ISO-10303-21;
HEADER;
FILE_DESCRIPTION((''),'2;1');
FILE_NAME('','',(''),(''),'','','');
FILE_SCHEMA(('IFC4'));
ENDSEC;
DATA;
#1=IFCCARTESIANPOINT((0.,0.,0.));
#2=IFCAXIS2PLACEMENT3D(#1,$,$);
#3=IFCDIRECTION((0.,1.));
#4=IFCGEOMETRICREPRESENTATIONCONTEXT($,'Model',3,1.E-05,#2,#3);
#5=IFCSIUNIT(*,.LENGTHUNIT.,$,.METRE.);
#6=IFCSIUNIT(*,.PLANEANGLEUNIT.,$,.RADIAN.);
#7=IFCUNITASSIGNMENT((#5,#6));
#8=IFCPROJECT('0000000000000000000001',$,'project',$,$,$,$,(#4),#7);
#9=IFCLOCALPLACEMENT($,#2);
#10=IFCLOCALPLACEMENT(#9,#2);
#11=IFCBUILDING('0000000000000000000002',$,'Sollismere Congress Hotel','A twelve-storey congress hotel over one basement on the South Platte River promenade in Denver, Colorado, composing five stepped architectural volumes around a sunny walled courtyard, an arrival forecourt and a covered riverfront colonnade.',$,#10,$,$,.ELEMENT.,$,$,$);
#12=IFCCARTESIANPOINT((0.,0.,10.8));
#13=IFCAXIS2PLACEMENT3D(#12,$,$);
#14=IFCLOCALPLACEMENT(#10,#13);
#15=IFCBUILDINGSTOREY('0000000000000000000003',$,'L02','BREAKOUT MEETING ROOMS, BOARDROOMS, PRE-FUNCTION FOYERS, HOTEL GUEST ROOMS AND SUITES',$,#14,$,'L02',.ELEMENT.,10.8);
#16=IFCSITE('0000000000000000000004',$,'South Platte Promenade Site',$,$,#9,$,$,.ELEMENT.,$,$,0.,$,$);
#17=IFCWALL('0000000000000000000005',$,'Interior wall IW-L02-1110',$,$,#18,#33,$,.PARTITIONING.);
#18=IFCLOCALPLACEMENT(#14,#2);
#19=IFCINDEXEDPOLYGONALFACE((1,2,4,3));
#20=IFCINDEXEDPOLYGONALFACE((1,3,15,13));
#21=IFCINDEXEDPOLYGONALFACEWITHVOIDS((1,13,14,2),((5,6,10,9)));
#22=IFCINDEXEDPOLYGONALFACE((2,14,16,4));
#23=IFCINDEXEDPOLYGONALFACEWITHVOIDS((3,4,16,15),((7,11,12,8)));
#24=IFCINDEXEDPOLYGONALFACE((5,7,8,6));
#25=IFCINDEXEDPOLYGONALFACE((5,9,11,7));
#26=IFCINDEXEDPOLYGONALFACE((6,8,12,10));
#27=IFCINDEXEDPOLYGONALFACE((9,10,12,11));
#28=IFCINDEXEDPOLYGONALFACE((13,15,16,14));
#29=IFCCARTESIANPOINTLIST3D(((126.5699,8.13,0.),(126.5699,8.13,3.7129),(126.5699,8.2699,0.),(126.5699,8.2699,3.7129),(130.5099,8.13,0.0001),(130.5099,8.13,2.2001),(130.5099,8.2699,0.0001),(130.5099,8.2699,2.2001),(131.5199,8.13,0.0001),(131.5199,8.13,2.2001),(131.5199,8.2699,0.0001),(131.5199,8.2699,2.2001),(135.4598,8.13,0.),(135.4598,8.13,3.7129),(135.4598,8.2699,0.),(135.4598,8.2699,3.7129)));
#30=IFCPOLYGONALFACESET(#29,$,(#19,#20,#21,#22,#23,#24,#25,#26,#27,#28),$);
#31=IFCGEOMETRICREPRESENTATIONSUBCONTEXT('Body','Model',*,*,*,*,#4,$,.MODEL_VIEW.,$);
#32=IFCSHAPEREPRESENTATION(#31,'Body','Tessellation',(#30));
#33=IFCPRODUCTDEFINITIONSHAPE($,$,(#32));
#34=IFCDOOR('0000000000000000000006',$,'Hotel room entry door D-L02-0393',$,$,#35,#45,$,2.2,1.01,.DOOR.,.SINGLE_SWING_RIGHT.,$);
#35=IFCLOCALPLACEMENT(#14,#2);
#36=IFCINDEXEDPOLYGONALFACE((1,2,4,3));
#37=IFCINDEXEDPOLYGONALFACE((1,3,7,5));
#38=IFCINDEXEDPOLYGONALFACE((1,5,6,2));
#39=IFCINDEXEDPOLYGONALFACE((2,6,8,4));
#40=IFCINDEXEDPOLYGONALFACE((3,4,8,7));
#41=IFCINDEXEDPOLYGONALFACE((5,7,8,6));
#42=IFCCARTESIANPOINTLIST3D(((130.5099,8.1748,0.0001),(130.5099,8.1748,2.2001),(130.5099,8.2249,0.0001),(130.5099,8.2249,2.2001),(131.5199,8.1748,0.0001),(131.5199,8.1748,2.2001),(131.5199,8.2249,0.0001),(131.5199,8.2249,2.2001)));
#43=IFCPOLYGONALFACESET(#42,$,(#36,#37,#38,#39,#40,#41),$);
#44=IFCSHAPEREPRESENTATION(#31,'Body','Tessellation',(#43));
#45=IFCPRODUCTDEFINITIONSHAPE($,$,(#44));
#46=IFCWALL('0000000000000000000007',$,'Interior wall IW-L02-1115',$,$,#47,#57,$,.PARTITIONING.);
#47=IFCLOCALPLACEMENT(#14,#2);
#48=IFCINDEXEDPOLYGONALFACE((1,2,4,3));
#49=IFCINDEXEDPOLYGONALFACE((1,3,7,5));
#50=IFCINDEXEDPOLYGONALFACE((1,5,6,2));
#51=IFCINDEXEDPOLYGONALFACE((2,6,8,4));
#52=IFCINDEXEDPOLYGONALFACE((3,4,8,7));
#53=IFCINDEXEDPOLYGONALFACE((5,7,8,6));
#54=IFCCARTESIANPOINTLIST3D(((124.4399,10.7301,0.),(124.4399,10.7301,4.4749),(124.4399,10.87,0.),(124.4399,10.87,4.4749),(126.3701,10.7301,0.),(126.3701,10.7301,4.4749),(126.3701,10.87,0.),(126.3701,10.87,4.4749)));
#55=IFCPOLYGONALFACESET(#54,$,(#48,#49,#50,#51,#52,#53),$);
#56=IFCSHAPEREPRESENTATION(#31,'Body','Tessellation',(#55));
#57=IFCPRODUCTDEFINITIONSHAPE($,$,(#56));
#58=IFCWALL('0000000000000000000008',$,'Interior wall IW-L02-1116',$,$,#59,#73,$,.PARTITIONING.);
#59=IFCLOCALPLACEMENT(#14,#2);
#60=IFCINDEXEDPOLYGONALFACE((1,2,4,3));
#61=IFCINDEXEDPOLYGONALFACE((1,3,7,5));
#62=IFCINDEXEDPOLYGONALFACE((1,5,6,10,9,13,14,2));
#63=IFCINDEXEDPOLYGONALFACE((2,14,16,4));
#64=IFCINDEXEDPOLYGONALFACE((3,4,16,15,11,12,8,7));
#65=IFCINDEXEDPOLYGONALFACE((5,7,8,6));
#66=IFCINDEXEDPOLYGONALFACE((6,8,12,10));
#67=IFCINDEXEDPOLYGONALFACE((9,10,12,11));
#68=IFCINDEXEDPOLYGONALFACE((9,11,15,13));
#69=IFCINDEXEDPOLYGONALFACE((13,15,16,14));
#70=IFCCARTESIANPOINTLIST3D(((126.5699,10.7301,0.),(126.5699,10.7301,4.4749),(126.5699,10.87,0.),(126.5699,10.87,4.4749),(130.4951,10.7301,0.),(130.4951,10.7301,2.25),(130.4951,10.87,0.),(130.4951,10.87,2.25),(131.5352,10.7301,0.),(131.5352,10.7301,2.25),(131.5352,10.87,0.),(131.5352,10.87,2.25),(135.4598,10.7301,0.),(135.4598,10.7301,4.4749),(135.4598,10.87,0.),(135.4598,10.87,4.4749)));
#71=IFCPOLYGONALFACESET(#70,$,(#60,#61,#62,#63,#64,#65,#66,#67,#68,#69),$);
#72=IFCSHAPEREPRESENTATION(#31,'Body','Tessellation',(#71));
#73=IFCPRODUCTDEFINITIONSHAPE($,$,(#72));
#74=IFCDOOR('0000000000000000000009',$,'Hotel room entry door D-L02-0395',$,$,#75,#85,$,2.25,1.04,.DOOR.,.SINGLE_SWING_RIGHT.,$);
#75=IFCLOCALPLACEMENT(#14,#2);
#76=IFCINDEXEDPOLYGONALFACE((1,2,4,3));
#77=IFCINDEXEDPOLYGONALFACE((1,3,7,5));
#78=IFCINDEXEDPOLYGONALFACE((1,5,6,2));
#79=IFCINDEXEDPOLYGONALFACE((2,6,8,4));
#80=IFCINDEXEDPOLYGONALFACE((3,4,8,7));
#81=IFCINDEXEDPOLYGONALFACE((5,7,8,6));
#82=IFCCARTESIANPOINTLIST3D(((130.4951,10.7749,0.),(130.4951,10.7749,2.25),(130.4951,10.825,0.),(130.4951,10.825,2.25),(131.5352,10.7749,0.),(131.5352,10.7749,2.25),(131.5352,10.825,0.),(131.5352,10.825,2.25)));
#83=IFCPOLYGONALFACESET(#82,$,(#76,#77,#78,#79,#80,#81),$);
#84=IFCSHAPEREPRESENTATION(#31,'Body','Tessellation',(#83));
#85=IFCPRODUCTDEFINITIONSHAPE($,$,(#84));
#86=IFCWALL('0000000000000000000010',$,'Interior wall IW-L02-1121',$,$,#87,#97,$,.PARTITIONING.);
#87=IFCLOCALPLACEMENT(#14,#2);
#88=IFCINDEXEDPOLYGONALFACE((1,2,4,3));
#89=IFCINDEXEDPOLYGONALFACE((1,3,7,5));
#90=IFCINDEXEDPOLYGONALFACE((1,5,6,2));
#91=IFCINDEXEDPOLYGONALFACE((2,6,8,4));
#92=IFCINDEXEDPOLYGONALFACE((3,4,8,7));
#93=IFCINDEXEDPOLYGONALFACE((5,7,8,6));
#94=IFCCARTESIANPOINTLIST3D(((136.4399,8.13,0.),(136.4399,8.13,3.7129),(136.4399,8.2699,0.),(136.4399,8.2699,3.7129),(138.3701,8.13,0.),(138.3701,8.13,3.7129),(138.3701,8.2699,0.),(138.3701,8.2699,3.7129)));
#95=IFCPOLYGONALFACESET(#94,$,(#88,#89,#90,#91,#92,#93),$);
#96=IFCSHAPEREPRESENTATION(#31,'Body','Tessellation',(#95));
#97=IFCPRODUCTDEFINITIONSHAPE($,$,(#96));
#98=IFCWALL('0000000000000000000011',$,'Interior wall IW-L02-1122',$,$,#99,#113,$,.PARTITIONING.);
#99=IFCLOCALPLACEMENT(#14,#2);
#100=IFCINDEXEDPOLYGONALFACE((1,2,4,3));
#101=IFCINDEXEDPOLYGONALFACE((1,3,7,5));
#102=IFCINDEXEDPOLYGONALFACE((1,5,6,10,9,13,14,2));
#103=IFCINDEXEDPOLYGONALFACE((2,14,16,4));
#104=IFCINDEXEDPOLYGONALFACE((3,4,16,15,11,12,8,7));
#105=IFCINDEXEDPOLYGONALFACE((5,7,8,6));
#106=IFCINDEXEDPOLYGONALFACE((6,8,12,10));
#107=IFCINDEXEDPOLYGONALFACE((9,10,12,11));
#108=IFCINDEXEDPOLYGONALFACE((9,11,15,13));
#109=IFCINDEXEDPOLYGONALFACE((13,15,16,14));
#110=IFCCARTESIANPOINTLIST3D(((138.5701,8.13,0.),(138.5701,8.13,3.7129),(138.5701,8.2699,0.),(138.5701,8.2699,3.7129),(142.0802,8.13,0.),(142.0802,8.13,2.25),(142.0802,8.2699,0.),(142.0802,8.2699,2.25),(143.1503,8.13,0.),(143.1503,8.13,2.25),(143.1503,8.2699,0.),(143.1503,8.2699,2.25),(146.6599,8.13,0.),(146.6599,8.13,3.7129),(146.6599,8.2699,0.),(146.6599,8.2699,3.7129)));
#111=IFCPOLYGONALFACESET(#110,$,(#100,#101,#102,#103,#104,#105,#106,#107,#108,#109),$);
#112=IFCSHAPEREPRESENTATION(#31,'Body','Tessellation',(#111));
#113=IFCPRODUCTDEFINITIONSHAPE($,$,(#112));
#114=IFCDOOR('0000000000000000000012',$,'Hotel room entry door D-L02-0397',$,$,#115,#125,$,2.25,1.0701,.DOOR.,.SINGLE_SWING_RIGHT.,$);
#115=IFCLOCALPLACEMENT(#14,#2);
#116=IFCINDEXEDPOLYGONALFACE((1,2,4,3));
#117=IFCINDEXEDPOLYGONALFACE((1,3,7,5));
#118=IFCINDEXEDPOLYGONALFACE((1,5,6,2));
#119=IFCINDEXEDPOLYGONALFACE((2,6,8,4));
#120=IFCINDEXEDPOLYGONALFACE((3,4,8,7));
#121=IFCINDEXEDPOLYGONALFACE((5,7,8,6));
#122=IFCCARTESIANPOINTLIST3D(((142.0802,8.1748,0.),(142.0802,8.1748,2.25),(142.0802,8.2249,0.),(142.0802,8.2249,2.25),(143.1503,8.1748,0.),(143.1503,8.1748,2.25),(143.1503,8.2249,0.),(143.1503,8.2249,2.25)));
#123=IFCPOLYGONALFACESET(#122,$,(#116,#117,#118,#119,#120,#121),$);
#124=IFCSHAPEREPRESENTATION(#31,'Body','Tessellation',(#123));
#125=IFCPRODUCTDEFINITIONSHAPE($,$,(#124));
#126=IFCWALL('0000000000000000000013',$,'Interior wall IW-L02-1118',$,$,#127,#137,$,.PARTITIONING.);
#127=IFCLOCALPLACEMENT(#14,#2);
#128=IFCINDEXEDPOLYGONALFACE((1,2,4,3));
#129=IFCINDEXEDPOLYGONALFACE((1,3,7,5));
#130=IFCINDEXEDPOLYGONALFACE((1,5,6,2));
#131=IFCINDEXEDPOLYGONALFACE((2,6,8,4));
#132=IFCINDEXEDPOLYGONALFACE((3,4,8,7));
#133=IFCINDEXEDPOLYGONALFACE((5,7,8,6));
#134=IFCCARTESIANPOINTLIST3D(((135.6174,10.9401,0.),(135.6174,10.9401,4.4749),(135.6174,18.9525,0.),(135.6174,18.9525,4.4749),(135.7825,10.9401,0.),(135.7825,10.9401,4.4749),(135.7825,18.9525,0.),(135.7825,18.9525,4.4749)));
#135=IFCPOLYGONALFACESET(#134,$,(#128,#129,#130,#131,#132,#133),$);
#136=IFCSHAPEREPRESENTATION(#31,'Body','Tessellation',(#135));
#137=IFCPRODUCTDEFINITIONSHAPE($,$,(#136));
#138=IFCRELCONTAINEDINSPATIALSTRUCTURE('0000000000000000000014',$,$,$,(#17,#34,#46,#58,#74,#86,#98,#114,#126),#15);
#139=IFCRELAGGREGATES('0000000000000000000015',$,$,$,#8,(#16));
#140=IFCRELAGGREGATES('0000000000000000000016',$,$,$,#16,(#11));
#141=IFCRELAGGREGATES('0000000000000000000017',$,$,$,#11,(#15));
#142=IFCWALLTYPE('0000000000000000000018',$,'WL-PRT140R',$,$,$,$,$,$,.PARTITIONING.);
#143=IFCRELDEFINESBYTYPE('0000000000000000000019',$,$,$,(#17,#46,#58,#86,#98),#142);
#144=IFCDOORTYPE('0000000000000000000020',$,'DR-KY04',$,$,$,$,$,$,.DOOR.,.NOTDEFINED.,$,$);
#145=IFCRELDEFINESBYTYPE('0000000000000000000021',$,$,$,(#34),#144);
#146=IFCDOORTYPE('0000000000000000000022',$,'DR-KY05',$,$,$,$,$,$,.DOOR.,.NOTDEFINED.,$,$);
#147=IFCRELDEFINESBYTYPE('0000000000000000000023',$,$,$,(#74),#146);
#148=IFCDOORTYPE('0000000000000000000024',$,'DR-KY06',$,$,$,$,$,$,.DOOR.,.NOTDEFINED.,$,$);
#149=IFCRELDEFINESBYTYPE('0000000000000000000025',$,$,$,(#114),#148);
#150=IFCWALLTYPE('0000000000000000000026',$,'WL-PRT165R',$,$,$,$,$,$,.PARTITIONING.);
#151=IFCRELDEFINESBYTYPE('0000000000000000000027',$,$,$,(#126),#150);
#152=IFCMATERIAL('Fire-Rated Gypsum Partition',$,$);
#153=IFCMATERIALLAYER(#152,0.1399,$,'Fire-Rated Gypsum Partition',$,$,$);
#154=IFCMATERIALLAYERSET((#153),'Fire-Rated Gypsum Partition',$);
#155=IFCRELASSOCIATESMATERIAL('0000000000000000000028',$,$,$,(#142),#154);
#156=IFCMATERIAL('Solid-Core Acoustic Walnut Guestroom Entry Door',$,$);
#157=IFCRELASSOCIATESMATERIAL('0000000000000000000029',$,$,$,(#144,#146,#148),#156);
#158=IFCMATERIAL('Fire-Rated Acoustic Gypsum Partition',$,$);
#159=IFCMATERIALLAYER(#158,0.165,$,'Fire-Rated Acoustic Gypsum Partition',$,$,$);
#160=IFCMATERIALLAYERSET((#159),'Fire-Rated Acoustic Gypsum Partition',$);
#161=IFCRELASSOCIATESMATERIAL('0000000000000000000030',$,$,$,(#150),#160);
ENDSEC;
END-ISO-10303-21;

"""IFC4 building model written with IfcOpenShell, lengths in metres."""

from ifc_helpers import new_model, si_unit, direction, frame, frame_2d, origin, place, context, subcontext, project, spatial, rectangle, extrude, material, layer, layer_set, type_object, element, fill, save


model = new_model("IFC4")

# Units and contexts
model_context = context("Model", 3, precision=1e-05, world=origin(), true_north=direction((0.0, 1.0)))
body_context = subcontext(model_context, "Body", "Model", "MODEL_VIEW")
ifc_project = project(units=[si_unit("LENGTHUNIT", "METRE"), si_unit("PLANEANGLEUNIT", "RADIAN")], contexts=[model_context])

# Site, building, storey
site_placement = place(None, origin())
site = spatial("IfcSite", under=ifc_project, at=site_placement, Name="South Platte Promenade Site", CompositionType="ELEMENT", RefElevation=0.0)
building_placement = place(site_placement, origin())
building = spatial("IfcBuilding", under=site, at=building_placement, Name="Sollismere Congress Hotel", Description="A twelve-storey congress hotel over one basement on the South Platte River promenade in Denver, Colorado, composing five stepped architectural volumes around a sunny walled courtyard, an arrival forecourt and a covered riverfront colonnade.", CompositionType="ELEMENT")
storey_placement = place(building_placement, frame((0.0, 0.0, 10.8)))
storey = spatial("IfcBuildingStorey", under=building, at=storey_placement, Name="L02", Description="BREAKOUT MEETING ROOMS, BOARDROOMS, PRE-FUNCTION FOYERS, HOTEL GUEST ROOMS AND SUITES", LongName="L02", CompositionType="ELEMENT", Elevation=10.8)

# Shared definitions
ifc_material_1 = material(Name="Fire-Rated Gypsum Partition")
ifc_layer_1 = layer(ifc_material_1, 0.1399, Name="Fire-Rated Gypsum Partition")
ifc_layer_set_1 = layer_set([ifc_layer_1], Name="Fire-Rated Gypsum Partition")
wall_type_1 = type_object("IfcWallType", Name="WL-PRT140R", PredefinedType="PARTITIONING", material=ifc_layer_set_1)

# Wall, opening, door
wall_1_placement = place(storey_placement, frame((126.5701, 8.2, 0.0), z_axis=(0.0, 0.0, 1.0), x_axis=(1.0, 0.0, 0.0)))
wall_1 = element("IfcWall", 1, at=wall_1_placement, inside=storey, type_object=wall_type_1, Name="Interior wall IW-L02-1110", PredefinedType="PARTITIONING", context=body_context, shape_type="SweptSolid", body=[
    extrude(rectangle(XDim=8.8899, YDim=0.1399, at=frame_2d((4.4448, 0.0))), origin(), (0.0, 0.0, 1.0), 3.7129),
])
opening_1_placement = place(wall_1_placement, frame((3.9399, 0.0, 0.0)))
opening_1 = element("IfcOpeningElement", 2, at=opening_1_placement, cuts=wall_1, PredefinedType="OPENING", context=body_context, shape_type="SweptSolid", body=[
    extrude(rectangle(XDim=1.01, YDim=2.2, at=frame_2d((0.5049, 1.1001))), frame((0.0, 0.0798, 0.0), z_axis=(0.0, -1.0, 0.0), x_axis=(1.0, 0.0, 0.0)), (0.0, 0.0, 1.0), 0.1599),
])
ifc_material_2 = material(Name="Solid-Core Acoustic Walnut Guestroom Entry Door")
door_type_1 = type_object("IfcDoorType", Name="DR-KY04", OperationType="NOTDEFINED", PredefinedType="DOOR", material=ifc_material_2)
door_1_placement = place(opening_1_placement, origin())
door_1 = element("IfcDoor", 3, at=door_1_placement, inside=storey, type_object=door_type_1, Name="Hotel room entry door D-L02-0393", OperationType="SINGLE_SWING_RIGHT", OverallHeight=2.2, OverallWidth=1.01, PredefinedType="DOOR", context=body_context, shape_type="SweptSolid", body=[
    extrude(rectangle(XDim=1.01, YDim=2.2, at=frame_2d((0.5049, 1.1001))), frame((0.0, 0.0249, 0.0), z_axis=(0.0, -1.0, 0.0), x_axis=(1.0, 0.0, 0.0)), (0.0, 0.0, 1.0), 0.05),
])
fill(opening_1, door_1)

# Wall
wall_2_placement = place(storey_placement, frame((124.4399, 10.8, 0.0), z_axis=(0.0, 0.0, 1.0), x_axis=(1.0, 0.0, 0.0)))
element("IfcWall", 4, at=wall_2_placement, inside=storey, type_object=wall_type_1, Name="Interior wall IW-L02-1115", PredefinedType="PARTITIONING", context=body_context, shape_type="SweptSolid", body=[
    extrude(rectangle(XDim=1.9302, YDim=0.1399, at=frame_2d((0.9651, 0.0))), origin(), (0.0, 0.0, 1.0), 4.4749),
])

# Wall, opening, door
wall_3_placement = place(storey_placement, frame((126.5701, 10.8, 0.0), z_axis=(0.0, 0.0, 1.0), x_axis=(1.0, 0.0, 0.0)))
wall_3 = element("IfcWall", 5, at=wall_3_placement, inside=storey, type_object=wall_type_1, Name="Interior wall IW-L02-1116", PredefinedType="PARTITIONING", context=body_context, shape_type="SweptSolid", body=[
    extrude(rectangle(XDim=8.8899, YDim=0.1399, at=frame_2d((4.4448, 0.0))), origin(), (0.0, 0.0, 1.0), 4.4749),
])
opening_2_placement = place(wall_3_placement, frame((3.925, 0.0, 0.0)))
opening_2 = element("IfcOpeningElement", 6, at=opening_2_placement, cuts=wall_3, PredefinedType="OPENING", context=body_context, shape_type="SweptSolid", body=[
    extrude(rectangle(XDim=1.04, YDim=2.25, at=frame_2d((0.52, 1.125))), frame((0.0, 0.0798, 0.0), z_axis=(0.0, -1.0, 0.0), x_axis=(1.0, 0.0, 0.0)), (0.0, 0.0, 1.0), 0.1599),
])
door_type_2 = type_object("IfcDoorType", Name="DR-KY05", OperationType="NOTDEFINED", PredefinedType="DOOR", material=ifc_material_2)
door_2_placement = place(opening_2_placement, origin())
door_2 = element("IfcDoor", 7, at=door_2_placement, inside=storey, type_object=door_type_2, Name="Hotel room entry door D-L02-0395", OperationType="SINGLE_SWING_RIGHT", OverallHeight=2.25, OverallWidth=1.04, PredefinedType="DOOR", context=body_context, shape_type="SweptSolid", body=[
    extrude(rectangle(XDim=1.04, YDim=2.25, at=frame_2d((0.52, 1.125))), frame((0.0, 0.0249, 0.0), z_axis=(0.0, -1.0, 0.0), x_axis=(1.0, 0.0, 0.0)), (0.0, 0.0, 1.0), 0.05),
])
fill(opening_2, door_2)

# Wall
wall_4_placement = place(storey_placement, frame((136.4399, 8.2, 0.0), z_axis=(0.0, 0.0, 1.0), x_axis=(1.0, 0.0, 0.0)))
element("IfcWall", 8, at=wall_4_placement, inside=storey, type_object=wall_type_1, Name="Interior wall IW-L02-1121", PredefinedType="PARTITIONING", context=body_context, shape_type="SweptSolid", body=[
    extrude(rectangle(XDim=1.9302, YDim=0.1399, at=frame_2d((0.9651, 0.0))), origin(), (0.0, 0.0, 1.0), 3.7129),
])

# Wall, opening, door
wall_5_placement = place(storey_placement, frame((138.5701, 8.2, 0.0), z_axis=(0.0, 0.0, 1.0), x_axis=(1.0, 0.0, 0.0)))
wall_5 = element("IfcWall", 9, at=wall_5_placement, inside=storey, type_object=wall_type_1, Name="Interior wall IW-L02-1122", PredefinedType="PARTITIONING", context=body_context, shape_type="SweptSolid", body=[
    extrude(rectangle(XDim=8.0898, YDim=0.1399, at=frame_2d((4.0449, 0.0))), origin(), (0.0, 0.0, 1.0), 3.7129),
])
opening_3_placement = place(wall_5_placement, frame((3.51, 0.0, 0.0)))
opening_3 = element("IfcOpeningElement", 10, at=opening_3_placement, cuts=wall_5, PredefinedType="OPENING", context=body_context, shape_type="SweptSolid", body=[
    extrude(rectangle(XDim=1.0701, YDim=2.25, at=frame_2d((0.5352, 1.125))), frame((0.0, 0.0798, 0.0), z_axis=(0.0, -1.0, 0.0), x_axis=(1.0, 0.0, 0.0)), (0.0, 0.0, 1.0), 0.1599),
])
door_type_3 = type_object("IfcDoorType", Name="DR-KY06", OperationType="NOTDEFINED", PredefinedType="DOOR", material=ifc_material_2)
door_3_placement = place(opening_3_placement, origin())
door_3 = element("IfcDoor", 11, at=door_3_placement, inside=storey, type_object=door_type_3, Name="Hotel room entry door D-L02-0397", OperationType="SINGLE_SWING_RIGHT", OverallHeight=2.25, OverallWidth=1.0701, PredefinedType="DOOR", context=body_context, shape_type="SweptSolid", body=[
    extrude(rectangle(XDim=1.0701, YDim=2.25, at=frame_2d((0.5352, 1.125))), frame((0.0, 0.0249, 0.0), z_axis=(0.0, -1.0, 0.0), x_axis=(1.0, 0.0, 0.0)), (0.0, 0.0, 1.0), 0.05),
])
fill(opening_3, door_3)

# Wall
ifc_material_3 = material(Name="Fire-Rated Acoustic Gypsum Partition")
ifc_layer_2 = layer(ifc_material_3, 0.165, Name="Fire-Rated Acoustic Gypsum Partition")
ifc_layer_set_2 = layer_set([ifc_layer_2], Name="Fire-Rated Acoustic Gypsum Partition")
wall_type_2 = type_object("IfcWallType", Name="WL-PRT165R", PredefinedType="PARTITIONING", material=ifc_layer_set_2)
wall_6_placement = place(storey_placement, frame((135.7, 10.9399, 0.0), z_axis=(0.0, 0.0, 1.0), x_axis=(0.0, 1.0, 0.0)))
element("IfcWall", 12, at=wall_6_placement, inside=storey, type_object=wall_type_2, Name="Interior wall IW-L02-1118", PredefinedType="PARTITIONING", context=body_context, shape_type="SweptSolid", body=[
    extrude(rectangle(XDim=8.0125, YDim=0.165, at=frame_2d((4.0063, 0.0))), origin(), (0.0, 0.0, 1.0), 4.4749),
])

save(model, "model.ifc")
